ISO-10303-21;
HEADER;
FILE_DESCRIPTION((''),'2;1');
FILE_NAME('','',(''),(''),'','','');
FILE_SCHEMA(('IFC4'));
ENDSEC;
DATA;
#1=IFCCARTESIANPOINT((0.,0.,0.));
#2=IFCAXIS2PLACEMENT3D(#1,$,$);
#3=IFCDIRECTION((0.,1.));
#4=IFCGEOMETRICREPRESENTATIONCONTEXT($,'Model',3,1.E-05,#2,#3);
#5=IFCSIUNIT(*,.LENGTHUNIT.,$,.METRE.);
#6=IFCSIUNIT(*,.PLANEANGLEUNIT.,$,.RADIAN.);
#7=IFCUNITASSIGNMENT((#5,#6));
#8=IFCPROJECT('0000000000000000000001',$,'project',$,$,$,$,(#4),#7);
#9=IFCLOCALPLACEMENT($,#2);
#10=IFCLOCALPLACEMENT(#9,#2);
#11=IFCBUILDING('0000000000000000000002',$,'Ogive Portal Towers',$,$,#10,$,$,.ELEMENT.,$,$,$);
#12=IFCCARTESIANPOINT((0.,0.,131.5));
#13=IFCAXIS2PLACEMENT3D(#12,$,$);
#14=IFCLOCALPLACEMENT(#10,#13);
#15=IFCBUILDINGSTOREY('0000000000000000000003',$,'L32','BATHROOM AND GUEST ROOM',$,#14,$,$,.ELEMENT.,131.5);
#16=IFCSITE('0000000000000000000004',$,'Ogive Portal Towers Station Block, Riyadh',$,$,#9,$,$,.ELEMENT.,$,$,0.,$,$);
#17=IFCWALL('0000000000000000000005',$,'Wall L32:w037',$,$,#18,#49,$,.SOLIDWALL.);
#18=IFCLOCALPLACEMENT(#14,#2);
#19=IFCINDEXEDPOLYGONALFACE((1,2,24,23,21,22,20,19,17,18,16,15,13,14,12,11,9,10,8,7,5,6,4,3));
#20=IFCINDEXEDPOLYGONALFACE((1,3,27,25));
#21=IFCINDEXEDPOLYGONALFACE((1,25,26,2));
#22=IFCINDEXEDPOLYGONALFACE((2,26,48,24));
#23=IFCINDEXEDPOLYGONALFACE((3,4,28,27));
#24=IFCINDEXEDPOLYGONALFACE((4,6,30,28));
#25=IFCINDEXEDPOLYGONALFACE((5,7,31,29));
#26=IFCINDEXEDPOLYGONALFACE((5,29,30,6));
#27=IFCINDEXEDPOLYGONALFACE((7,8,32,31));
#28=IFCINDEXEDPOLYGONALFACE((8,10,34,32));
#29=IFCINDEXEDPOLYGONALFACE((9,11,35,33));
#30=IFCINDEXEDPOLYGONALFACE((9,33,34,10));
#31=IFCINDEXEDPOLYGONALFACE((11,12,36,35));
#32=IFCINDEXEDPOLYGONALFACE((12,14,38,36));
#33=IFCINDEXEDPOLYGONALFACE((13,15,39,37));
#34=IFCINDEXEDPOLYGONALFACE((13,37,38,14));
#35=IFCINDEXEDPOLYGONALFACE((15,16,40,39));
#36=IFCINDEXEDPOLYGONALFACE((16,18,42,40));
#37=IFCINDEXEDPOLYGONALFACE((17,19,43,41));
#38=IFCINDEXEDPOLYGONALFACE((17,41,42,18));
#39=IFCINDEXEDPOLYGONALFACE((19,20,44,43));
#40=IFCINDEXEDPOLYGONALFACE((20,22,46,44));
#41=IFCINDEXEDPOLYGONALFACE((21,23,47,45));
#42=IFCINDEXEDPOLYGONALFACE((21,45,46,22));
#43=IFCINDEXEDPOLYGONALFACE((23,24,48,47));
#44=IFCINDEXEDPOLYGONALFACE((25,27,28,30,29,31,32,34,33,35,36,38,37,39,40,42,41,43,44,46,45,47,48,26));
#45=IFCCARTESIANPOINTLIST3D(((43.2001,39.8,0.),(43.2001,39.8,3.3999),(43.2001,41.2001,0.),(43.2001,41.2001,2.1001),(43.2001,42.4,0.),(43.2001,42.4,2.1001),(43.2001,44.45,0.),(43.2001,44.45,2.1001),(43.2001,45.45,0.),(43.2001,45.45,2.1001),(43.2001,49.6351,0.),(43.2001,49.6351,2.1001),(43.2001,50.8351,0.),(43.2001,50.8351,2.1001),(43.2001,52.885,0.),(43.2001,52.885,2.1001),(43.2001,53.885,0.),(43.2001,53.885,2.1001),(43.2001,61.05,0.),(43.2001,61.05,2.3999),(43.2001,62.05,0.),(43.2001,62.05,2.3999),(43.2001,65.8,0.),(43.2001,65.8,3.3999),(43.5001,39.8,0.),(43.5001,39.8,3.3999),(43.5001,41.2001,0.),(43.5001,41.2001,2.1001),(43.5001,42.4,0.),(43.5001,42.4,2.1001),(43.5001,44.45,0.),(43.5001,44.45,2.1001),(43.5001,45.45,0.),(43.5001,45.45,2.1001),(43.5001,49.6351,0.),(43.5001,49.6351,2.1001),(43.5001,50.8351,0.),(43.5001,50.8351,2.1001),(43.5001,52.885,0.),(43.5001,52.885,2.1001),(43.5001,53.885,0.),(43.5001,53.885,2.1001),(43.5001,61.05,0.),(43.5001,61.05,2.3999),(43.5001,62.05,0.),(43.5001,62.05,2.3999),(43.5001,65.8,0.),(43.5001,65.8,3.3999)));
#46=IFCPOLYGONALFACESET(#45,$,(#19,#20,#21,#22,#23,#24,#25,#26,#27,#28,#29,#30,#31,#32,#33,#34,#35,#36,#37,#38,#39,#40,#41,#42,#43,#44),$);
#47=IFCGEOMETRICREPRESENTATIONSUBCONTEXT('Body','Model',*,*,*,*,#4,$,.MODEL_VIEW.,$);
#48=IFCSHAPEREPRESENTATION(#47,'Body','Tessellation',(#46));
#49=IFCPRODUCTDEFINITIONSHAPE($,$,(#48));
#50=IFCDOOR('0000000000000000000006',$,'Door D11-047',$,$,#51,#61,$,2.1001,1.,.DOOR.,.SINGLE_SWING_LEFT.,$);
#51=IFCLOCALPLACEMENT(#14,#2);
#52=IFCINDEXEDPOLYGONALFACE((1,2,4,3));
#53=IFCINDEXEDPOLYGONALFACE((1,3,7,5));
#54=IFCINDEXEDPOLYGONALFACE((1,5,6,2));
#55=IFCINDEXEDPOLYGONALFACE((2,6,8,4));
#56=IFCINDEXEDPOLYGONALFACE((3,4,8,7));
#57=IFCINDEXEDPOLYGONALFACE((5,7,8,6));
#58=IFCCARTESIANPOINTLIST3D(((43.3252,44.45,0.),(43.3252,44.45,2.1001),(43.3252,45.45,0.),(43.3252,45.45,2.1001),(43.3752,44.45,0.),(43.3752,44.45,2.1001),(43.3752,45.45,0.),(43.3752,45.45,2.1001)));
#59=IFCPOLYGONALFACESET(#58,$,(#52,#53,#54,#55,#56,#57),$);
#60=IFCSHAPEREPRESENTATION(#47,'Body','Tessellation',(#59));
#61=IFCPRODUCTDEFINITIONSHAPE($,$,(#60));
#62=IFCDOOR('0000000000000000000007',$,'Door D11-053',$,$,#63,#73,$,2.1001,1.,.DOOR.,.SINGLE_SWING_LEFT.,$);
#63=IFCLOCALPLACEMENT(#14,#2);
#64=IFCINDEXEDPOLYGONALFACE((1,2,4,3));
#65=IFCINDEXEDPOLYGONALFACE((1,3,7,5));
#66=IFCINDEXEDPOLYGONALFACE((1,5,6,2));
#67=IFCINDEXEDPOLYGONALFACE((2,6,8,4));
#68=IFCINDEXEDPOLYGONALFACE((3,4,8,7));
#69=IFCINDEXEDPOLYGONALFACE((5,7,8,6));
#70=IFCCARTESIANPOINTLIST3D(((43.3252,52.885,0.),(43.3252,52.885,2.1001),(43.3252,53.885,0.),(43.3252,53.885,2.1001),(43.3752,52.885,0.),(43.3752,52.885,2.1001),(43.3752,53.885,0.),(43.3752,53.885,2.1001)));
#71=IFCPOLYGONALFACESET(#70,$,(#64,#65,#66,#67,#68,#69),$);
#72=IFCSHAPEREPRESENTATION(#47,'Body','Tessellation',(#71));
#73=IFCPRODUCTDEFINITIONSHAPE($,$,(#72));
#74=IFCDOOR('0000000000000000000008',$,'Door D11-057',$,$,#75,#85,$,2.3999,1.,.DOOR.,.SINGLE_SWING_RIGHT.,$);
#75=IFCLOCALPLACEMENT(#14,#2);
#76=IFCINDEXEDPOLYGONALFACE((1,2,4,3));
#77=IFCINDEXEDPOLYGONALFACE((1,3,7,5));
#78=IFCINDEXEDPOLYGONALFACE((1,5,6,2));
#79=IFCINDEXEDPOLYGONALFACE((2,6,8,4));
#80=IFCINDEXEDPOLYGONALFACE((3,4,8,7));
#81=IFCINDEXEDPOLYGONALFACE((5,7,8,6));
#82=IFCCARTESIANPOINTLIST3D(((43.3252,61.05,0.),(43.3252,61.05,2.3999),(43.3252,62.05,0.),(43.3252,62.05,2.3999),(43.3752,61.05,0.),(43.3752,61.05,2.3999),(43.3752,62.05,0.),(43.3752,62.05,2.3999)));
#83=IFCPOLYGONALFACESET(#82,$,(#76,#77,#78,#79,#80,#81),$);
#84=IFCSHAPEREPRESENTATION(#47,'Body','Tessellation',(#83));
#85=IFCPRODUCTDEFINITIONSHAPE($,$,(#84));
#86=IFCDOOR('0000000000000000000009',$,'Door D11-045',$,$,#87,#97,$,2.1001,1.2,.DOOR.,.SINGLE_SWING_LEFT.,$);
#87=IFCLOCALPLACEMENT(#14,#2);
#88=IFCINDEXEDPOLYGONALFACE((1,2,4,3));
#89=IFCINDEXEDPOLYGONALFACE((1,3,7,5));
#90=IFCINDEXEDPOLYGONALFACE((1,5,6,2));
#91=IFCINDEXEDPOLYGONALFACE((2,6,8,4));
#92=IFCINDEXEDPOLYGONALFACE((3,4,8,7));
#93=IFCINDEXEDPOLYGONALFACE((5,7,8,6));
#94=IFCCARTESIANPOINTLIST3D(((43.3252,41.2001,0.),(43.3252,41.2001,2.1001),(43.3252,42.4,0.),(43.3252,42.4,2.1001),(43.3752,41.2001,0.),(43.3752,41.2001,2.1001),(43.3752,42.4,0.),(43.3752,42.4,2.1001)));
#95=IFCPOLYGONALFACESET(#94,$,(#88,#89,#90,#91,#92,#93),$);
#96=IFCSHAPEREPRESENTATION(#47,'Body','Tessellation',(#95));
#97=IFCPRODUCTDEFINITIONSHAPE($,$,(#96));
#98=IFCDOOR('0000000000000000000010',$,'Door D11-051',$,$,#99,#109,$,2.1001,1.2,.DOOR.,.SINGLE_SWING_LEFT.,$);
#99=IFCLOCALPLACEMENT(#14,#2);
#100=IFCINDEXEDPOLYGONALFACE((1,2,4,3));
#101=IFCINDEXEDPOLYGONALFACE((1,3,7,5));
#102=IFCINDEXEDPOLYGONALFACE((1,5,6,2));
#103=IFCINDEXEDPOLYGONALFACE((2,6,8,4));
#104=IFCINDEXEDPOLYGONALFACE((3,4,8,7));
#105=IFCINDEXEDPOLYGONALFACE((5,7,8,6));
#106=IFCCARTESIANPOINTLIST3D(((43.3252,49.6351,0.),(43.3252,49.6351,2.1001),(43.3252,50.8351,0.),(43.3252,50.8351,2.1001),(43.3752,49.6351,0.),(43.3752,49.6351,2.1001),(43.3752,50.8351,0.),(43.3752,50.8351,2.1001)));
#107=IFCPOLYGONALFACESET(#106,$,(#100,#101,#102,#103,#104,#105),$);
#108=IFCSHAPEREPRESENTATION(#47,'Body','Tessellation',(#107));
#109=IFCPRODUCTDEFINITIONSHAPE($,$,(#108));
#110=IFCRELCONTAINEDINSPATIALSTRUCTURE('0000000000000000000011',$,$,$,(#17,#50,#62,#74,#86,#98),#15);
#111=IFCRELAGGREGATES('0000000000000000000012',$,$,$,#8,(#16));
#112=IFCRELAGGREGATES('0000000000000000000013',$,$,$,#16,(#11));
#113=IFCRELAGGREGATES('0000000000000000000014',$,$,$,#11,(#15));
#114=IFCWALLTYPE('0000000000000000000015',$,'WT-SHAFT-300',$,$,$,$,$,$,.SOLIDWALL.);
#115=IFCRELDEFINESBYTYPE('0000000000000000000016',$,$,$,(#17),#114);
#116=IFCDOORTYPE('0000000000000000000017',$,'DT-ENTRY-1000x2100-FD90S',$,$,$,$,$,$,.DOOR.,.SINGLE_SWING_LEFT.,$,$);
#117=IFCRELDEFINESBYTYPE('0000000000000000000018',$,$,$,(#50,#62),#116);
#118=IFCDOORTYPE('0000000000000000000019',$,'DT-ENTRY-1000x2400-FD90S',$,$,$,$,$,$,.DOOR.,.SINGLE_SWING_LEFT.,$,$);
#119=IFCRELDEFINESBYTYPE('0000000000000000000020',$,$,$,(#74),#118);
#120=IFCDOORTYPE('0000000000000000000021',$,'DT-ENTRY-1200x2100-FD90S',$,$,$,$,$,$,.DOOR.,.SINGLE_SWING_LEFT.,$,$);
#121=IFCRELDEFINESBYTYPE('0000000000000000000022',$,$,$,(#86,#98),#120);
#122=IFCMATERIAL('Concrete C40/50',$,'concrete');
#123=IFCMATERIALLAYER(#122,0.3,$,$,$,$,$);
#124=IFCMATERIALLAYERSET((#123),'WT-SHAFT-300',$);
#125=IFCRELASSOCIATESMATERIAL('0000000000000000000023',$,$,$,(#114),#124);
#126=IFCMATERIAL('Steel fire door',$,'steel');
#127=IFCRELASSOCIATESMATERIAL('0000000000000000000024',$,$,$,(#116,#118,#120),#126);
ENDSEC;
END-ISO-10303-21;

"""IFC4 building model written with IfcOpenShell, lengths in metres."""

from ifc_helpers import new_model, si_unit, direction, frame, frame_2d, origin, place, context, subcontext, project, spatial, rectangle, extrude, material, layer, layer_set, type_object, element, fill, save


model = new_model("IFC4")

# Units and contexts
model_context = context("Model", 3, precision=1e-05, world=origin(), true_north=direction((0.0, 1.0)))
body_context = subcontext(model_context, "Body", "Model", "MODEL_VIEW")
ifc_project = project(units=[si_unit("LENGTHUNIT", "METRE"), si_unit("PLANEANGLEUNIT", "RADIAN")], contexts=[model_context])

# Site, building, storey
site_placement = place(None, origin())
site = spatial("IfcSite", under=ifc_project, at=site_placement, Name="Ogive Portal Towers Station Block, Riyadh", CompositionType="ELEMENT", RefElevation=0.0)
building_placement = place(site_placement, origin())
building = spatial("IfcBuilding", under=site, at=building_placement, Name="Ogive Portal Towers", CompositionType="ELEMENT")
storey_placement = place(building_placement, frame((0.0, 0.0, 131.5)))
storey = spatial("IfcBuildingStorey", under=building, at=storey_placement, Name="L32", Description="BATHROOM AND GUEST ROOM", CompositionType="ELEMENT", Elevation=131.5)

# Shared definitions
ifc_material_1 = material(Name="Steel fire door", Category="steel")

# Wall, openings, doors
ifc_material_2 = material(Name="Concrete C40/50", Category="concrete")
ifc_layer_1 = layer(ifc_material_2, 0.3)
ifc_layer_set_1 = layer_set([ifc_layer_1], Name="WT-SHAFT-300")
wall_type_1 = type_object("IfcWallType", Name="WT-SHAFT-300", PredefinedType="SOLIDWALL", material=ifc_layer_set_1)
wall_1_placement = place(storey_placement, frame((43.3501, 39.8, 0.0), z_axis=(0.0, 0.0, 1.0), x_axis=(0.0, 1.0, 0.0)))
wall_1 = element("IfcWall", 1, at=wall_1_placement, inside=storey, type_object=wall_type_1, Name="Wall L32:w037", PredefinedType="SOLIDWALL", context=body_context, shape_type="SweptSolid", body=[
    extrude(rectangle(XDim=26.0, YDim=0.3, at=frame_2d((13.0, 0.0))), origin(), (0.0, 0.0, 1.0), 3.3999),
])
opening_1_placement = place(wall_1_placement, frame((1.3999, 0.0, 0.0)))
opening_1 = element("IfcOpeningElement", 2, at=opening_1_placement, cuts=wall_1, PredefinedType="OPENING", context=body_context, shape_type="SweptSolid", body=[
    extrude(rectangle(XDim=1.2, YDim=2.1001, at=frame_2d((0.6001, 1.05))), frame((0.0, 0.1602, 0.0), z_axis=(0.0, -1.0, 0.0), x_axis=(1.0, 0.0, 0.0)), (0.0, 0.0, 1.0), 0.3201),
])
opening_2_placement = place(wall_1_placement, frame((4.6499, 0.0, 0.0)))
opening_2 = element("IfcOpeningElement", 3, at=opening_2_placement, cuts=wall_1, PredefinedType="OPENING", context=body_context, shape_type="SweptSolid", body=[
    extrude(rectangle(XDim=1.0, YDim=2.1001, at=frame_2d((0.5, 1.05))), frame((0.0, 0.1602, 0.0), z_axis=(0.0, -1.0, 0.0), x_axis=(1.0, 0.0, 0.0)), (0.0, 0.0, 1.0), 0.3201),
])
opening_3_placement = place(wall_1_placement, frame((9.835, 0.0, 0.0)))
opening_3 = element("IfcOpeningElement", 4, at=opening_3_placement, cuts=wall_1, PredefinedType="OPENING", context=body_context, shape_type="SweptSolid", body=[
    extrude(rectangle(XDim=1.2, YDim=2.1001, at=frame_2d((0.6001, 1.05))), frame((0.0, 0.1602, 0.0), z_axis=(0.0, -1.0, 0.0), x_axis=(1.0, 0.0, 0.0)), (0.0, 0.0, 1.0), 0.3201),
])
opening_4_placement = place(wall_1_placement, frame((13.085, 0.0, 0.0)))
opening_4 = element("IfcOpeningElement", 5, at=opening_4_placement, cuts=wall_1, PredefinedType="OPENING", context=body_context, shape_type="SweptSolid", body=[
    extrude(rectangle(XDim=1.0, YDim=2.1001, at=frame_2d((0.5, 1.05))), frame((0.0, 0.1602, 0.0), z_axis=(0.0, -1.0, 0.0), x_axis=(1.0, 0.0, 0.0)), (0.0, 0.0, 1.0), 0.3201),
])
opening_5_placement = place(wall_1_placement, frame((21.25, 0.0, 0.0)))
opening_5 = element("IfcOpeningElement", 6, at=opening_5_placement, cuts=wall_1, PredefinedType="OPENING", context=body_context, shape_type="SweptSolid", body=[
    extrude(rectangle(XDim=1.0, YDim=2.3999, at=frame_2d((0.5, 1.2))), frame((0.0, 0.1602, 0.0), z_axis=(0.0, -1.0, 0.0), x_axis=(1.0, 0.0, 0.0)), (0.0, 0.0, 1.0), 0.3201),
])
door_type_1 = type_object("IfcDoorType", Name="DT-ENTRY-1000x2100-FD90S", OperationType="SINGLE_SWING_LEFT", PredefinedType="DOOR", material=ifc_material_1)
door_1_placement = place(opening_2_placement, origin())
door_1 = element("IfcDoor", 7, at=door_1_placement, inside=storey, type_object=door_type_1, Name="Door D11-047", OperationType="SINGLE_SWING_LEFT", OverallHeight=2.1001, OverallWidth=1.0, PredefinedType="DOOR", context=body_context, shape_type="SweptSolid", body=[
    extrude(rectangle(XDim=1.0, YDim=2.1001, at=frame_2d((0.5, 1.05))), frame((0.0, 0.0249, 0.0), z_axis=(0.0, -1.0, 0.0), x_axis=(1.0, 0.0, 0.0)), (0.0, 0.0, 1.0), 0.05),
])
fill(opening_2, door_1)
door_2_placement = place(opening_4_placement, origin())
door_2 = element("IfcDoor", 8, at=door_2_placement, inside=storey, type_object=door_type_1, Name="Door D11-053", OperationType="SINGLE_SWING_LEFT", OverallHeight=2.1001, OverallWidth=1.0, PredefinedType="DOOR", context=body_context, shape_type="SweptSolid", body=[
    extrude(rectangle(XDim=1.0, YDim=2.1001, at=frame_2d((0.5, 1.05))), frame((0.0, 0.0249, 0.0), z_axis=(0.0, -1.0, 0.0), x_axis=(1.0, 0.0, 0.0)), (0.0, 0.0, 1.0), 0.05),
])
fill(opening_4, door_2)
door_type_2 = type_object("IfcDoorType", Name="DT-ENTRY-1000x2400-FD90S", OperationType="SINGLE_SWING_LEFT", PredefinedType="DOOR", material=ifc_material_1)
door_3_placement = place(opening_5_placement, origin())
door_3 = element("IfcDoor", 9, at=door_3_placement, inside=storey, type_object=door_type_2, Name="Door D11-057", OperationType="SINGLE_SWING_RIGHT", OverallHeight=2.3999, OverallWidth=1.0, PredefinedType="DOOR", context=body_context, shape_type="SweptSolid", body=[
    extrude(rectangle(XDim=1.0, YDim=2.3999, at=frame_2d((0.5, 1.2))), frame((0.0, 0.0249, 0.0), z_axis=(0.0, -1.0, 0.0), x_axis=(1.0, 0.0, 0.0)), (0.0, 0.0, 1.0), 0.05),
])
fill(opening_5, door_3)
door_type_3 = type_object("IfcDoorType", Name="DT-ENTRY-1200x2100-FD90S", OperationType="SINGLE_SWING_LEFT", PredefinedType="DOOR", material=ifc_material_1)
door_4_placement = place(opening_1_placement, origin())
door_4 = element("IfcDoor", 10, at=door_4_placement, inside=storey, type_object=door_type_3, Name="Door D11-045", OperationType="SINGLE_SWING_LEFT", OverallHeight=2.1001, OverallWidth=1.2, PredefinedType="DOOR", context=body_context, shape_type="SweptSolid", body=[
    extrude(rectangle(XDim=1.2, YDim=2.1001, at=frame_2d((0.6001, 1.05))), frame((0.0, 0.0249, 0.0), z_axis=(0.0, -1.0, 0.0), x_axis=(1.0, 0.0, 0.0)), (0.0, 0.0, 1.0), 0.05),
])
fill(opening_1, door_4)
door_5_placement = place(opening_3_placement, origin())
door_5 = element("IfcDoor", 11, at=door_5_placement, inside=storey, type_object=door_type_3, Name="Door D11-051", OperationType="SINGLE_SWING_LEFT", OverallHeight=2.1001, OverallWidth=1.2, PredefinedType="DOOR", context=body_context, shape_type="SweptSolid", body=[
    extrude(rectangle(XDim=1.2, YDim=2.1001, at=frame_2d((0.6001, 1.05))), frame((0.0, 0.0249, 0.0), z_axis=(0.0, -1.0, 0.0), x_axis=(1.0, 0.0, 0.0)), (0.0, 0.0, 1.0), 0.05),
])
fill(opening_3, door_5)

save(model, "model.ifc")
